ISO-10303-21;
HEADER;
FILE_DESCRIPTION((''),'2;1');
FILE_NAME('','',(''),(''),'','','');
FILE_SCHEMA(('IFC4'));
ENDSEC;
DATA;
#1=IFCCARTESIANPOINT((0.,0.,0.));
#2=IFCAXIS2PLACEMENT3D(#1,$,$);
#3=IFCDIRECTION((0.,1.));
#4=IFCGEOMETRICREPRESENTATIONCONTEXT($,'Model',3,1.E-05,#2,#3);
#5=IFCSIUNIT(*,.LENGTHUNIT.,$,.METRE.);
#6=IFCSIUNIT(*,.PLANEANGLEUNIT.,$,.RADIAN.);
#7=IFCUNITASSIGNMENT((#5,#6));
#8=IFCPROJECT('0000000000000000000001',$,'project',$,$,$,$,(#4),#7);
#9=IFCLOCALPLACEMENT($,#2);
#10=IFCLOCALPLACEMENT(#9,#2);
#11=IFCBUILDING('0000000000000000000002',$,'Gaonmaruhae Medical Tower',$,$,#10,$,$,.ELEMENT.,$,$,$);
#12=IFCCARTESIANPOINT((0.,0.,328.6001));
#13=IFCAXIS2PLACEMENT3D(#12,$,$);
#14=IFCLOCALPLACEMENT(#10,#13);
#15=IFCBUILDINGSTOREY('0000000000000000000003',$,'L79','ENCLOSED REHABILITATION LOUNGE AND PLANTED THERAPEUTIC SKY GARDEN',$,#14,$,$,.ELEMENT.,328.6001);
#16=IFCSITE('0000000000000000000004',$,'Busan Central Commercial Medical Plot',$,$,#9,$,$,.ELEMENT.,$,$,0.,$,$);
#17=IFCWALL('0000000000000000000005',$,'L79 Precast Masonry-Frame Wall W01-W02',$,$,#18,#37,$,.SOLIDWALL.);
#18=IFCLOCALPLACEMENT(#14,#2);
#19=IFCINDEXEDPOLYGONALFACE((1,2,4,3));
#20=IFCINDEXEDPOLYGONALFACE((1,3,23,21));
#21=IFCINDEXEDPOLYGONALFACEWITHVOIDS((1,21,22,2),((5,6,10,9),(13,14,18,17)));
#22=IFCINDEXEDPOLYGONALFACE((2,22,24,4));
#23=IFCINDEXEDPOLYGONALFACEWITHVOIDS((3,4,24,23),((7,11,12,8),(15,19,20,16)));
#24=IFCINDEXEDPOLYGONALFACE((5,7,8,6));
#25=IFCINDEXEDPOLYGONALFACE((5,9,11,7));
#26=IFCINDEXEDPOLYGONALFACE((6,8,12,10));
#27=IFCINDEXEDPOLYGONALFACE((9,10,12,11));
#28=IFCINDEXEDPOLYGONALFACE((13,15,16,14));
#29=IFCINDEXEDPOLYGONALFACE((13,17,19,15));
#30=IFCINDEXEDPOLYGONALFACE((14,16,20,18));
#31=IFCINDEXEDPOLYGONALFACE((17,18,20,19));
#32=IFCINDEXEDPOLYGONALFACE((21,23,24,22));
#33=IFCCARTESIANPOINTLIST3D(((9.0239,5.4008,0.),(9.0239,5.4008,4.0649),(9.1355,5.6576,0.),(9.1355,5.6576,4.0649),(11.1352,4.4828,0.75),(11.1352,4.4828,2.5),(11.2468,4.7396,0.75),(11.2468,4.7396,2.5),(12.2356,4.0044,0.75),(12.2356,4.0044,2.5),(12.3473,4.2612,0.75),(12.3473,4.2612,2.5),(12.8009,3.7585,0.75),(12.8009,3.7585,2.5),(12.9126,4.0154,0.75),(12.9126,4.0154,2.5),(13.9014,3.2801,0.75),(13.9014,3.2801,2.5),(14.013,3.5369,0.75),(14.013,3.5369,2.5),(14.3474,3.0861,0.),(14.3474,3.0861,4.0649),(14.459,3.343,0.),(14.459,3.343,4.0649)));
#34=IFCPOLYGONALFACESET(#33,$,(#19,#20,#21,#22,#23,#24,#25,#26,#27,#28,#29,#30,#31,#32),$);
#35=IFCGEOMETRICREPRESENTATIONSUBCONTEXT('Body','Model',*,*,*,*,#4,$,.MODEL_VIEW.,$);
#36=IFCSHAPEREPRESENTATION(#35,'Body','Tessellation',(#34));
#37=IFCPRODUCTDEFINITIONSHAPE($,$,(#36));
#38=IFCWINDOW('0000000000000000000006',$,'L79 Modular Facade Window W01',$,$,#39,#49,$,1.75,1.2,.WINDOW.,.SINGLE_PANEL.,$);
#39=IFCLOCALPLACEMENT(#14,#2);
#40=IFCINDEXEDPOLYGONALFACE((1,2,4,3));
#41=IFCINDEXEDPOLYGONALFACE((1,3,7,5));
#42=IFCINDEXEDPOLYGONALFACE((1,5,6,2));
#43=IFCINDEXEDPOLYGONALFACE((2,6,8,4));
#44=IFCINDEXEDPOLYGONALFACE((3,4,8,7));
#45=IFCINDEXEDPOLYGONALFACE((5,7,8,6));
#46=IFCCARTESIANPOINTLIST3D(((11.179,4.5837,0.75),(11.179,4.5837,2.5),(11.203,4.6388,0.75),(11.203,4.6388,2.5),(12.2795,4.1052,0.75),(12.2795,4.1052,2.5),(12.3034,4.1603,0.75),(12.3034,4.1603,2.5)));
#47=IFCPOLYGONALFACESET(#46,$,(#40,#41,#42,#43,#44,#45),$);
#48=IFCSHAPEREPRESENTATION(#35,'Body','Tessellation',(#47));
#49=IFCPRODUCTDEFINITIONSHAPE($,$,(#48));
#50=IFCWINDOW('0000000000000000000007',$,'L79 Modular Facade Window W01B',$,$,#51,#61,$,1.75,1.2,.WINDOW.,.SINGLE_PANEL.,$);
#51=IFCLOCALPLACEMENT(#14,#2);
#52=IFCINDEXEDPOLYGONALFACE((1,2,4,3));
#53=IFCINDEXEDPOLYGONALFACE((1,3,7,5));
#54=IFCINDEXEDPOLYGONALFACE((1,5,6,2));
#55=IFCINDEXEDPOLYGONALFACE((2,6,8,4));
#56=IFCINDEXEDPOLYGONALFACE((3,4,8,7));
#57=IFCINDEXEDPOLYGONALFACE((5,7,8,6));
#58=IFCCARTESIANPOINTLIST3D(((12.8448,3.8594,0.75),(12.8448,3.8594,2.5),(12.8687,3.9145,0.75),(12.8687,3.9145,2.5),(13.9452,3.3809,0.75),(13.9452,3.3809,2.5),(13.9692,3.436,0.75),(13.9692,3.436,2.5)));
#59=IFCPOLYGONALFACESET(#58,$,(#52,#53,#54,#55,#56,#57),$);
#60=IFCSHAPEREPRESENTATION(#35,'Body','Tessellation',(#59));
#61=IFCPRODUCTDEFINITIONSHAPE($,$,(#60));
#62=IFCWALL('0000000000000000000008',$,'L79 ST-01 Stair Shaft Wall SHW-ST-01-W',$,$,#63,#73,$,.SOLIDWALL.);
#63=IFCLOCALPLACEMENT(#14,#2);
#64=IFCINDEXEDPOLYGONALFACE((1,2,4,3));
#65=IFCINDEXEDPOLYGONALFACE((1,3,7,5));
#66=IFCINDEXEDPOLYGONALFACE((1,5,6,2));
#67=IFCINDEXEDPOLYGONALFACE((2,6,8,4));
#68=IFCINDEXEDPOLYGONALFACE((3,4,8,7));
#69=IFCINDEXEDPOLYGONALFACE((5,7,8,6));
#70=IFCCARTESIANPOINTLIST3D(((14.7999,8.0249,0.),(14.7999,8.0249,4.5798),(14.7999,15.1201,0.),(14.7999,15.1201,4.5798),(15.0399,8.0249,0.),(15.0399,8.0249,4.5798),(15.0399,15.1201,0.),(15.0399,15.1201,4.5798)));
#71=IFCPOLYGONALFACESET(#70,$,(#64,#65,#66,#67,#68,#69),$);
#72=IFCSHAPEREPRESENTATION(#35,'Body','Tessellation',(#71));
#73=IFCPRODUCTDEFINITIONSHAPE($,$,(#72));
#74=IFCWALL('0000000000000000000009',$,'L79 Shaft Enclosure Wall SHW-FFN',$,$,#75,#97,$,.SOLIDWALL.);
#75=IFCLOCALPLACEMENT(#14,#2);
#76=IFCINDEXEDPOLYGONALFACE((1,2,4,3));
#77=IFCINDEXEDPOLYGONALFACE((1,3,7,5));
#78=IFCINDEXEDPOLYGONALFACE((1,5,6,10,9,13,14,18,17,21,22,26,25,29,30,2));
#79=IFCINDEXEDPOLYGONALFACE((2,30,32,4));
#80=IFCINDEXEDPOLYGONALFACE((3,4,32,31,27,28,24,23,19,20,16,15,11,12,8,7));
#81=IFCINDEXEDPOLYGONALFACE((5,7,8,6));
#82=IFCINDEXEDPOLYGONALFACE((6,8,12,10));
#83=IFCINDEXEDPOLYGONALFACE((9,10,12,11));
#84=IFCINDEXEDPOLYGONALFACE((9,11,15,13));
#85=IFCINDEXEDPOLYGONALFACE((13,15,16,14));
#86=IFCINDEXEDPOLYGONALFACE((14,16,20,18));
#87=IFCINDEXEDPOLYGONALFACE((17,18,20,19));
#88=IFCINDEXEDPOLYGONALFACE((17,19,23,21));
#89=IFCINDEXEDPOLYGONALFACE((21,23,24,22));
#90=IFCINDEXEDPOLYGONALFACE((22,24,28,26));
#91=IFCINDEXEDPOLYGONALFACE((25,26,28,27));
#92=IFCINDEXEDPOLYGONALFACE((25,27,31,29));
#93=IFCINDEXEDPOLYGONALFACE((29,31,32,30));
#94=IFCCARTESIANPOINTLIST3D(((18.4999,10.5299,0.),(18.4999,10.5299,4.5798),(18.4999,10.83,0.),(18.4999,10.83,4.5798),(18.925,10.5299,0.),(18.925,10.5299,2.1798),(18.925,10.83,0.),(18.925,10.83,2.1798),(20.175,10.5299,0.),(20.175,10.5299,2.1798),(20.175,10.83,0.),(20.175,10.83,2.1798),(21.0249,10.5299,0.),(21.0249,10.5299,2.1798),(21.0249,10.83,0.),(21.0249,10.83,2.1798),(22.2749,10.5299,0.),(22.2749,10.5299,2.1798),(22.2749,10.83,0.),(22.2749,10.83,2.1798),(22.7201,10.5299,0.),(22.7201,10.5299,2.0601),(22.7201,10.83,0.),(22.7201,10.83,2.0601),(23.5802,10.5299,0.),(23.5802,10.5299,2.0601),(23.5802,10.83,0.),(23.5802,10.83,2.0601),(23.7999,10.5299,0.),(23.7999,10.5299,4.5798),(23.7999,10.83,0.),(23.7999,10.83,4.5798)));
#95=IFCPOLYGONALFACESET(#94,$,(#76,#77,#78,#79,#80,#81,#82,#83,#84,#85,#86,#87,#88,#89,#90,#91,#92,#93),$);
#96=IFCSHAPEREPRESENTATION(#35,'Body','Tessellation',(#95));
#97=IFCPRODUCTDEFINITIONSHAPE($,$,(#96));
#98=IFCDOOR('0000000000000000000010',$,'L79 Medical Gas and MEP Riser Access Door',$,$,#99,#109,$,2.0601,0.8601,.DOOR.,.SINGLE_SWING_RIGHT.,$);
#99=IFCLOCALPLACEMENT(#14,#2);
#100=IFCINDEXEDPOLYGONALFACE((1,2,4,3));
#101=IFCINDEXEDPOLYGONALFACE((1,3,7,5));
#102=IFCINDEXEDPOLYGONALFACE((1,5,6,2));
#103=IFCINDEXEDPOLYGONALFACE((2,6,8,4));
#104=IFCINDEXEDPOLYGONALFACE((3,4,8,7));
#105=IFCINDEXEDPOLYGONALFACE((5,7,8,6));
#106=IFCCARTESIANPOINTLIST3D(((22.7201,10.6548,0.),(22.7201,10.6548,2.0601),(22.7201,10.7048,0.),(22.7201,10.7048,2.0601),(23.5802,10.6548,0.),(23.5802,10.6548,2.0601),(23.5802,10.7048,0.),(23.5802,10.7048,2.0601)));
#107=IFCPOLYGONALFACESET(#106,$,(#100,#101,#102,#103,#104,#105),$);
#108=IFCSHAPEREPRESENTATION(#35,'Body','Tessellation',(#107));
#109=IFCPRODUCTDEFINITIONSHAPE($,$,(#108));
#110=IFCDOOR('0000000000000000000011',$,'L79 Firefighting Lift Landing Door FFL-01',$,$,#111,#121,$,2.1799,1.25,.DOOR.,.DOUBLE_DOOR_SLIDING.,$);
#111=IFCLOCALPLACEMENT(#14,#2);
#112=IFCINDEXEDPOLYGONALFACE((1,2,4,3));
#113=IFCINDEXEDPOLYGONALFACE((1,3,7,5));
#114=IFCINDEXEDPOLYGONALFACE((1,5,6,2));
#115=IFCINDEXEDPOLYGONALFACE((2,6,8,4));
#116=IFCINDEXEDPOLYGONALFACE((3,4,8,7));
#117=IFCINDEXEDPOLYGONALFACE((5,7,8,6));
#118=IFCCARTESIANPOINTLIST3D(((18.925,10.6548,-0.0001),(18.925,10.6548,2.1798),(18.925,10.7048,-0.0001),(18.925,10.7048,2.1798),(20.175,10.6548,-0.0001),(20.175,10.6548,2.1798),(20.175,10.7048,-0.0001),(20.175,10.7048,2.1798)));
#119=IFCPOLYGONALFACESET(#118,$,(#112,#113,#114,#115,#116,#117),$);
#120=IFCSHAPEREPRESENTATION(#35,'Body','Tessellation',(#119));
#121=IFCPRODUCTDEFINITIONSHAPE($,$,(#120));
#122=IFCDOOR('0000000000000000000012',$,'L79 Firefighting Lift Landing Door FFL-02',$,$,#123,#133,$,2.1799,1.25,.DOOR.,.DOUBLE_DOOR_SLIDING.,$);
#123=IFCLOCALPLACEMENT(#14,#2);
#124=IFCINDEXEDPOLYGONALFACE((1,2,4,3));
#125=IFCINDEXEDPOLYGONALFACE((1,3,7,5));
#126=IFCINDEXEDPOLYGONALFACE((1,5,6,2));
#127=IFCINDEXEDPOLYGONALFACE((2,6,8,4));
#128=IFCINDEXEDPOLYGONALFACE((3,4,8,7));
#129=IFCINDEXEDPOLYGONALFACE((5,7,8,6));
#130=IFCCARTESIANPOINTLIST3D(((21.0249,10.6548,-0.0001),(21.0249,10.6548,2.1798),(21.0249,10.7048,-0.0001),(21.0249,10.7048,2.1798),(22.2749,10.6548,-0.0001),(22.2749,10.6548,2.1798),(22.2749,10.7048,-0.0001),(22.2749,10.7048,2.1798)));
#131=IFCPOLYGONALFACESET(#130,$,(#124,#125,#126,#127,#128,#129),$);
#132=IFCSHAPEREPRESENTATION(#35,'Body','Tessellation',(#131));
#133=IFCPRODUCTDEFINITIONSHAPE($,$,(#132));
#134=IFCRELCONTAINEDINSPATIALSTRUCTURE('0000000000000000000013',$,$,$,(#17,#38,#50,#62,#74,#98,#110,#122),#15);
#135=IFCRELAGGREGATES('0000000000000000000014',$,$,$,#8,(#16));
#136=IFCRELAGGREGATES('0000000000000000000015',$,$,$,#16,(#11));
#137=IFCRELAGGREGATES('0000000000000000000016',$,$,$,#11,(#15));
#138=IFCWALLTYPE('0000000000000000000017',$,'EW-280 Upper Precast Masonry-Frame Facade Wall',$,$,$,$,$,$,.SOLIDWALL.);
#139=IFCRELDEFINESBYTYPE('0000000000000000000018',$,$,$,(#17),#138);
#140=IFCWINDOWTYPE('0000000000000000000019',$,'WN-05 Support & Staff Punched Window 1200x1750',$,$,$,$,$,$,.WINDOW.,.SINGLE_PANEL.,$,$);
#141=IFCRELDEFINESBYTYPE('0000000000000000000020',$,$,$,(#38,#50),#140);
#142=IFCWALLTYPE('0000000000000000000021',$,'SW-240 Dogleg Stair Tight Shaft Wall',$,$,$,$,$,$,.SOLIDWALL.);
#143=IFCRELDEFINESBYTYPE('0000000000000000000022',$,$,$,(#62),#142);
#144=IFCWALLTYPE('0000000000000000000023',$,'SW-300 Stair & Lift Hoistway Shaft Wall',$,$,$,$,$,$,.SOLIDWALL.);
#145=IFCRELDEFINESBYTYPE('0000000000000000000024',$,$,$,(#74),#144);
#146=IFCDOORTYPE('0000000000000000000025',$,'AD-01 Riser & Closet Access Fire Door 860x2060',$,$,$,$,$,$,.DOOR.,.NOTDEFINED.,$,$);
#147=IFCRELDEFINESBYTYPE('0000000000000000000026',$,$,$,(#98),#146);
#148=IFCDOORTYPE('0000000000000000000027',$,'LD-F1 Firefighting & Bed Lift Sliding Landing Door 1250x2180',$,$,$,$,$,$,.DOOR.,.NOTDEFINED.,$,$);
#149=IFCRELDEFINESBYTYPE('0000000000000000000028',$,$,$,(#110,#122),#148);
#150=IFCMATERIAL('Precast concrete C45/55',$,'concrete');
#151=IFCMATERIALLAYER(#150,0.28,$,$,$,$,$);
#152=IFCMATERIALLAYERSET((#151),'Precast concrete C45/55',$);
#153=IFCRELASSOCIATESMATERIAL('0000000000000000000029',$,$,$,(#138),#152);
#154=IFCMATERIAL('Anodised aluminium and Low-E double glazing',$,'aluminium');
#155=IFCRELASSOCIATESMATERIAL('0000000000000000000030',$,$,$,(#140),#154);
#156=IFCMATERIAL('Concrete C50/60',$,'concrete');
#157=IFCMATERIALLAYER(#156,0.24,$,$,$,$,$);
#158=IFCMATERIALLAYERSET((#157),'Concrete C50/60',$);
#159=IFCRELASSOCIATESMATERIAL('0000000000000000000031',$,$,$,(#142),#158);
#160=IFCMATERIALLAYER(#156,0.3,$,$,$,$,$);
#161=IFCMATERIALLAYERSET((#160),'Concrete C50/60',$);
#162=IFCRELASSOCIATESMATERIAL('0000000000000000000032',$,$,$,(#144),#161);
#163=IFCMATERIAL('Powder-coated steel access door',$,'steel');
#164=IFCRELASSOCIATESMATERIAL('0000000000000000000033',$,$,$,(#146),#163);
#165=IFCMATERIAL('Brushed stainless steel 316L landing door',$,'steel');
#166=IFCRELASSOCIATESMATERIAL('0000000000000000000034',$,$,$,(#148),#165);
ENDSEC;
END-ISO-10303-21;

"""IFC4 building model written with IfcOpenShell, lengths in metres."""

from ifc_helpers import new_model, si_unit, direction, frame, frame_2d, origin, place, context, subcontext, project, spatial, rectangle, extrude, material, layer, layer_set, type_object, element, fill, save


model = new_model("IFC4")

# Units and contexts
model_context = context("Model", 3, precision=1e-05, world=origin(), true_north=direction((0.0, 1.0)))
body_context = subcontext(model_context, "Body", "Model", "MODEL_VIEW")
ifc_project = project(units=[si_unit("LENGTHUNIT", "METRE"), si_unit("PLANEANGLEUNIT", "RADIAN")], contexts=[model_context])

# Site, building, storey
site_placement = place(None, origin())
site = spatial("IfcSite", under=ifc_project, at=site_placement, Name="Busan Central Commercial Medical Plot", CompositionType="ELEMENT", RefElevation=0.0)
building_placement = place(site_placement, origin())
building = spatial("IfcBuilding", under=site, at=building_placement, Name="Gaonmaruhae Medical Tower", CompositionType="ELEMENT")
storey_placement = place(building_placement, frame((0.0, 0.0, 328.6001)))
storey = spatial("IfcBuildingStorey", under=building, at=storey_placement, Name="L79", Description="ENCLOSED REHABILITATION LOUNGE AND PLANTED THERAPEUTIC SKY GARDEN", CompositionType="ELEMENT", Elevation=328.6001)

# Shared definitions
ifc_material_1 = material(Name="Concrete C50/60", Category="concrete")

# Wall, openings, windows
ifc_material_2 = material(Name="Precast concrete C45/55", Category="concrete")
ifc_layer_1 = layer(ifc_material_2, 0.28)
ifc_layer_set_1 = layer_set([ifc_layer_1], Name="Precast concrete C45/55")
wall_type_1 = type_object("IfcWallType", Name="EW-280 Upper Precast Masonry-Frame Facade Wall", PredefinedType="SOLIDWALL", material=ifc_layer_set_1)
wall_1_placement = place(storey_placement, frame((14.4031, 3.2146, 0.0), z_axis=(0.0, 0.0, 1.0), x_axis=(-0.917061, 0.398746, 0.0)))
wall_1 = element("IfcWall", 1, at=wall_1_placement, inside=storey, type_object=wall_type_1, Name="L79 Precast Masonry-Frame Wall W01-W02", PredefinedType="SOLIDWALL", context=body_context, shape_type="SweptSolid", body=[
    extrude(rectangle(XDim=5.8049, YDim=0.28, at=frame_2d((2.9023, 0.0))), origin(), (0.0, 0.0, 1.0), 4.0649),
])
opening_1_placement = place(wall_1_placement, frame((2.3025, 0.0, 0.75)))
opening_1 = element("IfcOpeningElement", 2, at=opening_1_placement, cuts=wall_1, PredefinedType="OPENING", context=body_context, shape_type="SweptSolid", body=[
    extrude(rectangle(XDim=1.2, YDim=1.75, at=frame_2d((0.6001, 0.875))), frame((0.0, 0.1499, 0.0), z_axis=(0.0, -1.0, 0.0), x_axis=(1.0, 0.0, 0.0)), (0.0, 0.0, 1.0), 0.3),
])
opening_2_placement = place(wall_1_placement, frame((0.4861, 0.0, 0.75)))
opening_2 = element("IfcOpeningElement", 3, at=opening_2_placement, cuts=wall_1, PredefinedType="OPENING", context=body_context, shape_type="SweptSolid", body=[
    extrude(rectangle(XDim=1.2, YDim=1.75, at=frame_2d((0.6001, 0.875))), frame((0.0, 0.1499, 0.0), z_axis=(0.0, -1.0, 0.0), x_axis=(1.0, 0.0, 0.0)), (0.0, 0.0, 1.0), 0.3),
])
ifc_material_3 = material(Name="Anodised aluminium and Low-E double glazing", Category="aluminium")
window_type = type_object("IfcWindowType", Name="WN-05 Support & Staff Punched Window 1200x1750", PartitioningType="SINGLE_PANEL", PredefinedType="WINDOW", material=ifc_material_3)
window_1_placement = place(opening_1_placement, origin())
window_1 = element("IfcWindow", 4, at=window_1_placement, inside=storey, type_object=window_type, Name="L79 Modular Facade Window W01", OverallHeight=1.75, OverallWidth=1.2, PartitioningType="SINGLE_PANEL", PredefinedType="WINDOW", context=body_context, shape_type="SweptSolid", body=[
    extrude(rectangle(XDim=1.2, YDim=1.75, at=frame_2d((0.6001, 0.875))), frame((0.0, 0.03, 0.0), z_axis=(0.0, -1.0, 0.0), x_axis=(1.0, 0.0, 0.0)), (0.0, 0.0, 1.0), 0.0601),
])
fill(opening_1, window_1)
window_2_placement = place(opening_2_placement, origin())
window_2 = element("IfcWindow", 5, at=window_2_placement, inside=storey, type_object=window_type, Name="L79 Modular Facade Window W01B", OverallHeight=1.75, OverallWidth=1.2, PartitioningType="SINGLE_PANEL", PredefinedType="WINDOW", context=body_context, shape_type="SweptSolid", body=[
    extrude(rectangle(XDim=1.2, YDim=1.75, at=frame_2d((0.6001, 0.875))), frame((0.0, 0.03, 0.0), z_axis=(0.0, -1.0, 0.0), x_axis=(1.0, 0.0, 0.0)), (0.0, 0.0, 1.0), 0.0601),
])
fill(opening_2, window_2)

# Wall
ifc_layer_2 = layer(ifc_material_1, 0.24)
ifc_layer_set_2 = layer_set([ifc_layer_2], Name="Concrete C50/60")
wall_type_2 = type_object("IfcWallType", Name="SW-240 Dogleg Stair Tight Shaft Wall", PredefinedType="SOLIDWALL", material=ifc_layer_set_2)
wall_2_placement = place(storey_placement, frame((14.9199, 8.0249, 0.0), z_axis=(0.0, 0.0, 1.0), x_axis=(0.0, 1.0, 0.0)))
element("IfcWall", 6, at=wall_2_placement, inside=storey, type_object=wall_type_2, Name="L79 ST-01 Stair Shaft Wall SHW-ST-01-W", PredefinedType="SOLIDWALL", context=body_context, shape_type="SweptSolid", body=[
    extrude(rectangle(XDim=7.0952, YDim=0.24, at=frame_2d((3.5476, 0.0))), origin(), (0.0, 0.0, 1.0), 4.5798),
])

# Wall, openings, doors
ifc_layer_3 = layer(ifc_material_1, 0.3)
ifc_layer_set_3 = layer_set([ifc_layer_3], Name="Concrete C50/60")
wall_type_3 = type_object("IfcWallType", Name="SW-300 Stair & Lift Hoistway Shaft Wall", PredefinedType="SOLIDWALL", material=ifc_layer_set_3)
wall_3_placement = place(storey_placement, frame((18.5, 10.6799, 0.0), z_axis=(0.0, 0.0, 1.0), x_axis=(1.0, 0.0, 0.0)))
wall_3 = element("IfcWall", 7, at=wall_3_placement, inside=storey, type_object=wall_type_3, Name="L79 Shaft Enclosure Wall SHW-FFN", PredefinedType="SOLIDWALL", context=body_context, shape_type="SweptSolid", body=[
    extrude(rectangle(XDim=5.3, YDim=0.3, at=frame_2d((2.6499, 0.0))), origin(), (0.0, 0.0, 1.0), 4.5798),
])
opening_3_placement = place(wall_3_placement, frame((4.22, 0.0, 0.0)))
opening_3 = element("IfcOpeningElement", 8, at=opening_3_placement, cuts=wall_3, PredefinedType="OPENING", context=body_context, shape_type="SweptSolid", body=[
    extrude(rectangle(XDim=0.8601, YDim=2.0601, at=frame_2d((0.4302, 1.03))), frame((0.0, 0.1602, 0.0), z_axis=(0.0, -1.0, 0.0), x_axis=(1.0, 0.0, 0.0)), (0.0, 0.0, 1.0), 0.3201),
])
opening_4_placement = place(wall_3_placement, frame((0.425, 0.0, 0.0)))
opening_4 = element("IfcOpeningElement", 9, at=opening_4_placement, cuts=wall_3, PredefinedType="OPENING", context=body_context, shape_type="SweptSolid", body=[
    extrude(rectangle(XDim=1.25, YDim=2.1799, at=frame_2d((0.625, 1.0898))), frame((0.0, 0.1602, 0.0), z_axis=(0.0, -1.0, 0.0), x_axis=(1.0, 0.0, 0.0)), (0.0, 0.0, 1.0), 0.3201),
])
opening_5_placement = place(wall_3_placement, frame((2.5249, 0.0, 0.0)))
opening_5 = element("IfcOpeningElement", 10, at=opening_5_placement, cuts=wall_3, PredefinedType="OPENING", context=body_context, shape_type="SweptSolid", body=[
    extrude(rectangle(XDim=1.25, YDim=2.1799, at=frame_2d((0.625, 1.0898))), frame((0.0, 0.1602, 0.0), z_axis=(0.0, -1.0, 0.0), x_axis=(1.0, 0.0, 0.0)), (0.0, 0.0, 1.0), 0.3201),
])
ifc_material_4 = material(Name="Powder-coated steel access door", Category="steel")
door_type_1 = type_object("IfcDoorType", Name="AD-01 Riser & Closet Access Fire Door 860x2060", OperationType="NOTDEFINED", PredefinedType="DOOR", material=ifc_material_4)
door_1_placement = place(opening_3_placement, origin())
door_1 = element("IfcDoor", 11, at=door_1_placement, inside=storey, type_object=door_type_1, Name="L79 Medical Gas and MEP Riser Access Door", OperationType="SINGLE_SWING_RIGHT", OverallHeight=2.0601, OverallWidth=0.8601, PredefinedType="DOOR", context=body_context, shape_type="SweptSolid", body=[
    extrude(rectangle(XDim=0.8601, YDim=2.0601, at=frame_2d((0.4302, 1.03))), frame((0.0, 0.0249, 0.0), z_axis=(0.0, -1.0, 0.0), x_axis=(1.0, 0.0, 0.0)), (0.0, 0.0, 1.0), 0.05),
])
fill(opening_3, door_1)
ifc_material_5 = material(Name="Brushed stainless steel 316L landing door", Category="steel")
door_type_2 = type_object("IfcDoorType", Name="LD-F1 Firefighting & Bed Lift Sliding Landing Door 1250x2180", OperationType="NOTDEFINED", PredefinedType="DOOR", material=ifc_material_5)
door_2_placement = place(opening_4_placement, origin())
door_2 = element("IfcDoor", 12, at=door_2_placement, inside=storey, type_object=door_type_2, Name="L79 Firefighting Lift Landing Door FFL-01", OperationType="DOUBLE_DOOR_SLIDING", OverallHeight=2.1799, OverallWidth=1.25, PredefinedType="DOOR", context=body_context, shape_type="SweptSolid", body=[
    extrude(rectangle(XDim=1.25, YDim=2.1799, at=frame_2d((0.625, 1.0898))), frame((0.0, 0.0249, 0.0), z_axis=(0.0, -1.0, 0.0), x_axis=(1.0, 0.0, 0.0)), (0.0, 0.0, 1.0), 0.05),
])
fill(opening_4, door_2)
door_3_placement = place(opening_5_placement, origin())
door_3 = element("IfcDoor", 13, at=door_3_placement, inside=storey, type_object=door_type_2, Name="L79 Firefighting Lift Landing Door FFL-02", OperationType="DOUBLE_DOOR_SLIDING", OverallHeight=2.1799, OverallWidth=1.25, PredefinedType="DOOR", context=body_context, shape_type="SweptSolid", body=[
    extrude(rectangle(XDim=1.25, YDim=2.1799, at=frame_2d((0.625, 1.0898))), frame((0.0, 0.0249, 0.0), z_axis=(0.0, -1.0, 0.0), x_axis=(1.0, 0.0, 0.0)), (0.0, 0.0, 1.0), 0.05),
])
fill(opening_5, door_3)

save(model, "model.ifc")
